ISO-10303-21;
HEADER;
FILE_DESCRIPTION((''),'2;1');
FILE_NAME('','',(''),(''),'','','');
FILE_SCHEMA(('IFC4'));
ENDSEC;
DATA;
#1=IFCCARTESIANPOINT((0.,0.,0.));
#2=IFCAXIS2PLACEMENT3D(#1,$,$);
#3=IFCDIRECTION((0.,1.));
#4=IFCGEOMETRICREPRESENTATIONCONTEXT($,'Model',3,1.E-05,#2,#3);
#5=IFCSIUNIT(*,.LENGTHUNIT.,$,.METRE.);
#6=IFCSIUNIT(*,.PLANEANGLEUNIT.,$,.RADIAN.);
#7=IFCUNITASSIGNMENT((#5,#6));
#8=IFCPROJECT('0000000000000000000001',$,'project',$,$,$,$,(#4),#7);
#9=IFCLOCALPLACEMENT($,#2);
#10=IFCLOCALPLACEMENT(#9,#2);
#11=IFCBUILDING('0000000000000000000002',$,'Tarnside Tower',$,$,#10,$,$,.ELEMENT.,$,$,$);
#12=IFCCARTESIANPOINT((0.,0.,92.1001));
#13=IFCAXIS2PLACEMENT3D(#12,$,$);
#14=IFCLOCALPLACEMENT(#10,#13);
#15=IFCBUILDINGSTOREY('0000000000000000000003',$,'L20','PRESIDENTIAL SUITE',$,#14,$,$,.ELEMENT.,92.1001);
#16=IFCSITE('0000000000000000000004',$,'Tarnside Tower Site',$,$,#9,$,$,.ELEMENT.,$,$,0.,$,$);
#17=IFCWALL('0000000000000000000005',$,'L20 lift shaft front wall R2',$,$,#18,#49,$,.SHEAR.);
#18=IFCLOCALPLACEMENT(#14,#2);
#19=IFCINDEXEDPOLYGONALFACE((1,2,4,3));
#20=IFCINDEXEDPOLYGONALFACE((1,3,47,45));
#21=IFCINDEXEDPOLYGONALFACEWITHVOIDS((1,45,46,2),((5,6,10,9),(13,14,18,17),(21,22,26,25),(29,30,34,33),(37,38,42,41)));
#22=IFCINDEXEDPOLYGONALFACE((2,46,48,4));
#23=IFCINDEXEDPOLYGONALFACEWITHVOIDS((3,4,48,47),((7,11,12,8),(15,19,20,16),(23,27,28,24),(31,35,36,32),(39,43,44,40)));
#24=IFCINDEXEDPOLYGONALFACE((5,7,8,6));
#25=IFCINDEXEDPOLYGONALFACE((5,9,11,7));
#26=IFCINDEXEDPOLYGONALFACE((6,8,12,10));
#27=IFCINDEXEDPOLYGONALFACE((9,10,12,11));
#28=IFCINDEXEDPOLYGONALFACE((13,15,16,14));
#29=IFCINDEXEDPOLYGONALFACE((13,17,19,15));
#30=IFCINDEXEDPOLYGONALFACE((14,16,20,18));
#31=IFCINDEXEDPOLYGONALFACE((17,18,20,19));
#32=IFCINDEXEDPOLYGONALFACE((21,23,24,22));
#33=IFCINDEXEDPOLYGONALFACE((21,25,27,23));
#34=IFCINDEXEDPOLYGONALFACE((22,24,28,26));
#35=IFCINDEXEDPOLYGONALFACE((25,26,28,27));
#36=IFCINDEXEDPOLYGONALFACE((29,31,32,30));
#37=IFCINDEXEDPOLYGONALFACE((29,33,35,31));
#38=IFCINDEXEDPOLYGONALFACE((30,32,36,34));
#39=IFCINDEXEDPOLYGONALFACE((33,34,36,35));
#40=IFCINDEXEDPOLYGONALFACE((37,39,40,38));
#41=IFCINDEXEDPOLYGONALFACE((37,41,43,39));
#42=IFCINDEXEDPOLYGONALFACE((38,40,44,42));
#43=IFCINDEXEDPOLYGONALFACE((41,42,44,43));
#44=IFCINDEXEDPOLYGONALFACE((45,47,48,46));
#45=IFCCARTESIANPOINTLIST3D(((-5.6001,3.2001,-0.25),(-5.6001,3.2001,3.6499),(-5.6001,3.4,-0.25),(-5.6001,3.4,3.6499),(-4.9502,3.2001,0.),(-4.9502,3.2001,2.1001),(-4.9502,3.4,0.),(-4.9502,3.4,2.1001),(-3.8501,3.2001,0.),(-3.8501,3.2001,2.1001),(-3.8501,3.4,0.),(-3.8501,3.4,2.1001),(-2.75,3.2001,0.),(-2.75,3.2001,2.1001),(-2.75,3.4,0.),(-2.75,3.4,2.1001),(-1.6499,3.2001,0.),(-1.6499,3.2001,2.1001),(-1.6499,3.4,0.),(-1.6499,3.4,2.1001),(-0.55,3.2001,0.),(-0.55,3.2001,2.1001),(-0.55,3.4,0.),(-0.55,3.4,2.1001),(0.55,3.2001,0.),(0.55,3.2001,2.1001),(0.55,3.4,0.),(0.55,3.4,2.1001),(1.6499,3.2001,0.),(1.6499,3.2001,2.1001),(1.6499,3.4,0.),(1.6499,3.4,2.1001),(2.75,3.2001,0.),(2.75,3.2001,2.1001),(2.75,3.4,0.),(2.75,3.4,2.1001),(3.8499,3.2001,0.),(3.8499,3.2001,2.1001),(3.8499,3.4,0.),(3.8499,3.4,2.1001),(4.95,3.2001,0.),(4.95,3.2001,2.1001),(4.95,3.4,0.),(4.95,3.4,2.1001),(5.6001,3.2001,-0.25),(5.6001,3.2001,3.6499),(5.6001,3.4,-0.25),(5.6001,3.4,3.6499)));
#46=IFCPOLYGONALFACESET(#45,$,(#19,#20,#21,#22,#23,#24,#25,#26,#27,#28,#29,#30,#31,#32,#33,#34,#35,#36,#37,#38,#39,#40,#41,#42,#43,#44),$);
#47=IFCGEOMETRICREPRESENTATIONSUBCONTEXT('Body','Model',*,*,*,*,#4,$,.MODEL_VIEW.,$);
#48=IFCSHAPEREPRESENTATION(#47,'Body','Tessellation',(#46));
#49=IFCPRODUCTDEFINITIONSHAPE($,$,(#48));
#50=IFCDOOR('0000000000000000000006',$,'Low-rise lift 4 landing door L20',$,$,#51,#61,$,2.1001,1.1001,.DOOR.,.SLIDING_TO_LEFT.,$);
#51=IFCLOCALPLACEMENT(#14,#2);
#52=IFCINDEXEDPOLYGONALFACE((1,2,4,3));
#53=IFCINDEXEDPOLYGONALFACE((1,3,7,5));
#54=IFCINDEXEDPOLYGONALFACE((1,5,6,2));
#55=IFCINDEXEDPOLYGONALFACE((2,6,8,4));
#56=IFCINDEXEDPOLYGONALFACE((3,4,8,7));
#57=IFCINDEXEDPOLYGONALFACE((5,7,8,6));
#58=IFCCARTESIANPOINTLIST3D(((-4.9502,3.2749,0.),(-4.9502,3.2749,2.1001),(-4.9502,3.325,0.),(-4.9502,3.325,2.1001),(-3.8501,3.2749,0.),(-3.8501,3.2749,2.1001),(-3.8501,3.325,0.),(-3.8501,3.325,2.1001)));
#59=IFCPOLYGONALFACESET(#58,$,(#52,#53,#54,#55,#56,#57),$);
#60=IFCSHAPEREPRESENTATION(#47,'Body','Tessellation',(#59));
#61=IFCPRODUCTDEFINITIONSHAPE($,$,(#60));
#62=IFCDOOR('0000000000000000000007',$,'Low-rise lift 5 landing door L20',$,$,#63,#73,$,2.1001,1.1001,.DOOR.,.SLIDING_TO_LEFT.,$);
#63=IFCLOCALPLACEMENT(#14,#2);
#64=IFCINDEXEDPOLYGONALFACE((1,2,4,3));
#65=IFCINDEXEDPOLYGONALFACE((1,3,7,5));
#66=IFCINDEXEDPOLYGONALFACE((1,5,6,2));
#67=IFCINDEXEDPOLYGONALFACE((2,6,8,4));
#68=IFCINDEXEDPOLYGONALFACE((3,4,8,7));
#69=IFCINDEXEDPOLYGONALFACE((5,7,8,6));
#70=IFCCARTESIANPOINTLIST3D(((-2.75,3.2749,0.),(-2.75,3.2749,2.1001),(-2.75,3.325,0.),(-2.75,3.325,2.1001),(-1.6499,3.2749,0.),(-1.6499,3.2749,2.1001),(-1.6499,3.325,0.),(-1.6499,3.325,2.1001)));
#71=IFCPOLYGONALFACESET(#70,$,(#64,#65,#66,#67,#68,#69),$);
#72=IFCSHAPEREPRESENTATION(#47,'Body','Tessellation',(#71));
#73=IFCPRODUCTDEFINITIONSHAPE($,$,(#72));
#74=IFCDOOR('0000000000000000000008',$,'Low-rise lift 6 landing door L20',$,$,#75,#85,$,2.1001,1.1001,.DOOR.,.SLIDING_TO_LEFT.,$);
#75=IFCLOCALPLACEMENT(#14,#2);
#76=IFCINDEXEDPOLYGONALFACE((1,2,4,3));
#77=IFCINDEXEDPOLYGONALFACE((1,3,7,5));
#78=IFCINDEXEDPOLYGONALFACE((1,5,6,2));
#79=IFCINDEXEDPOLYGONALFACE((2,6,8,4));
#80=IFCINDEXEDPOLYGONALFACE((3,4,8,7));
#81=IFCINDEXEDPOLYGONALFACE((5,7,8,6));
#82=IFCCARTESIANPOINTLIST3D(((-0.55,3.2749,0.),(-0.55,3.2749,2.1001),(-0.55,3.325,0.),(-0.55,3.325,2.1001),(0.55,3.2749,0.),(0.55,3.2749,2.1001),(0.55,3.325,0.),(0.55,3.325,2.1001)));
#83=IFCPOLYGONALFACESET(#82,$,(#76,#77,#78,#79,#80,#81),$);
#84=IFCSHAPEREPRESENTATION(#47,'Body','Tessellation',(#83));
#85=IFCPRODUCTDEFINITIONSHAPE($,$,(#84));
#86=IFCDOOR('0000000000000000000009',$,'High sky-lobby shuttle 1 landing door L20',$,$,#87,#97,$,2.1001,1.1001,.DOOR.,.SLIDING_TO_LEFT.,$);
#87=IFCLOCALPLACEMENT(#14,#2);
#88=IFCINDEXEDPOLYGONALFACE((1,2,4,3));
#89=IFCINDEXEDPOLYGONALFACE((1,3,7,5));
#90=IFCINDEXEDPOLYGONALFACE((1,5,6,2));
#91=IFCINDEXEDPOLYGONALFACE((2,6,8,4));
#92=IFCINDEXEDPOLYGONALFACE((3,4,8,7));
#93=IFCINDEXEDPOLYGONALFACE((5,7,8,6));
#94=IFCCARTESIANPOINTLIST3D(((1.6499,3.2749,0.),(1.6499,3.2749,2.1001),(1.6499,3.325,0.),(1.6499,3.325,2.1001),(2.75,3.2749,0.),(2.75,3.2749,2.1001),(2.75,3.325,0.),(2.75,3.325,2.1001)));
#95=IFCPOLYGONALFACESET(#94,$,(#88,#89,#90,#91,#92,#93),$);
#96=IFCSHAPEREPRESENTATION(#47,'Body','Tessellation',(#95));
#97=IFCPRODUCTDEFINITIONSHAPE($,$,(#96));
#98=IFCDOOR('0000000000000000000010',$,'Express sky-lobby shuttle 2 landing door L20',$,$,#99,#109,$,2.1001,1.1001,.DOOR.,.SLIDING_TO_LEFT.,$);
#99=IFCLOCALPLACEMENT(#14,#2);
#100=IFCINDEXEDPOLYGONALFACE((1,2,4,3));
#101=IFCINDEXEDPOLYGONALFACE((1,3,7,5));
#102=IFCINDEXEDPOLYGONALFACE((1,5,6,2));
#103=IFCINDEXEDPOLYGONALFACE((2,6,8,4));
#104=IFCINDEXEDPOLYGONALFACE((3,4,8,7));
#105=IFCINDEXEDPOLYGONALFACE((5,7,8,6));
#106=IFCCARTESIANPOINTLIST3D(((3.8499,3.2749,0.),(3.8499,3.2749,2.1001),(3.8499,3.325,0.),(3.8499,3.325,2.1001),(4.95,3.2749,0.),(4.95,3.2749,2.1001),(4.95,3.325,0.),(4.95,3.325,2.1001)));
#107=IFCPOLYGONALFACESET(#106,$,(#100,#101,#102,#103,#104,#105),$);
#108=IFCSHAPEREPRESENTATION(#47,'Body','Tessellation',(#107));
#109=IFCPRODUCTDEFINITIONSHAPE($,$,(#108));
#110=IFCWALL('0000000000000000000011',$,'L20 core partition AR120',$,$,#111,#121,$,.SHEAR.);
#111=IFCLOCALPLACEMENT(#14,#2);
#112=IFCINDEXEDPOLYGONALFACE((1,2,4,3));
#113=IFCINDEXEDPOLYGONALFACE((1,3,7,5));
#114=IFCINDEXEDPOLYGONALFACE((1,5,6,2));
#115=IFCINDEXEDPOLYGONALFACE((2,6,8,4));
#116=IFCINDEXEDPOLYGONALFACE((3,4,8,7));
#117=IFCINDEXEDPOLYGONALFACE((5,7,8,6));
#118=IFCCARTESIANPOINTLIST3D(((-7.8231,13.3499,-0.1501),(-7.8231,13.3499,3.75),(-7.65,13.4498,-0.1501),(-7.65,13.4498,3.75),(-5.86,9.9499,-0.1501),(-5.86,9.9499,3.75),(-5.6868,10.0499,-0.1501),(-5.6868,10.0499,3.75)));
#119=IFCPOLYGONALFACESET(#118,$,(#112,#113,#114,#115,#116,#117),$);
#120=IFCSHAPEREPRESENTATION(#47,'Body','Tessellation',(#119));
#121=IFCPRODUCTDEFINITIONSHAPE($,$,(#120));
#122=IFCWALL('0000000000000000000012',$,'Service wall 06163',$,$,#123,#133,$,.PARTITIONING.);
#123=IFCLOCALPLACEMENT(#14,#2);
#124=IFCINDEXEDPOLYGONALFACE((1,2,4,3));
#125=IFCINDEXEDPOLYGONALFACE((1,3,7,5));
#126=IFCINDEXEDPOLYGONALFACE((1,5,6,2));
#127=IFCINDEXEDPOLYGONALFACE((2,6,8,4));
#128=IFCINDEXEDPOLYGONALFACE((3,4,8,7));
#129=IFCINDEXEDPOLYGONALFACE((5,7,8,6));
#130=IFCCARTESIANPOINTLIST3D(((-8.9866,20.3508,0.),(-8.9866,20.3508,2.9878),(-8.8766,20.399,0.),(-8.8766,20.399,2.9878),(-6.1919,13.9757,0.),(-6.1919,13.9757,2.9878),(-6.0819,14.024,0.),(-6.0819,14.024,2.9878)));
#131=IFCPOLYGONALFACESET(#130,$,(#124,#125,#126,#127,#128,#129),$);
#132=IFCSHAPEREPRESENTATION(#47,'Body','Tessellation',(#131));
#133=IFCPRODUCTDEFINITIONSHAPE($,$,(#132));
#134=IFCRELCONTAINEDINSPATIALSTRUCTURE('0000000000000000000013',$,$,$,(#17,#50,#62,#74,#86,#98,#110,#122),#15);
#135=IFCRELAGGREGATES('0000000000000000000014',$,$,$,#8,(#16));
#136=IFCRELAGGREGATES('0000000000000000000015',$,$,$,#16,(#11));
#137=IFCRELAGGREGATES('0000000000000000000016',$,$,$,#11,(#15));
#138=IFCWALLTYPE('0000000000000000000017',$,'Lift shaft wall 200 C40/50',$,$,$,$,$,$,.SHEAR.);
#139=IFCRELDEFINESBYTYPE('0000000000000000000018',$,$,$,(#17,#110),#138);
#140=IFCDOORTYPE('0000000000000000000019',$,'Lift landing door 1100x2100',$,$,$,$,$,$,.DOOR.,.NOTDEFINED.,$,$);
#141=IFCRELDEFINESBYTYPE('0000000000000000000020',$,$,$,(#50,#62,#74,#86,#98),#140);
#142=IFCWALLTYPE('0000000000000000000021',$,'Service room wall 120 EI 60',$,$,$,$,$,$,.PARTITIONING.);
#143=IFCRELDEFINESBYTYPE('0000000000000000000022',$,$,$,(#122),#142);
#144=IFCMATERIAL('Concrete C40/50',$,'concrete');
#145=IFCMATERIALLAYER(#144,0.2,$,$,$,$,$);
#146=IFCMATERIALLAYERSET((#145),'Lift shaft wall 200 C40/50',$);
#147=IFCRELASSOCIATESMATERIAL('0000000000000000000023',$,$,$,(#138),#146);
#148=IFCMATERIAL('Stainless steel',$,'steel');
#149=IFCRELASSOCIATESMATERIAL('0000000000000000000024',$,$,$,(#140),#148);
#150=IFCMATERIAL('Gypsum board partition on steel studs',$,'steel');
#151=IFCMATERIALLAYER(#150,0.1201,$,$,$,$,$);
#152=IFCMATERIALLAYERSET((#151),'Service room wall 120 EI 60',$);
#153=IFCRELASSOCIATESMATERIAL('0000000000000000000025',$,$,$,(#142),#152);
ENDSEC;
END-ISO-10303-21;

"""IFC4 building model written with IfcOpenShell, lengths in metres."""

from ifc_helpers import new_model, si_unit, direction, frame, frame_2d, origin, place, context, subcontext, project, spatial, rectangle, extrude, material, layer, layer_set, type_object, element, fill, save


model = new_model("IFC4")

# Units and contexts
model_context = context("Model", 3, precision=1e-05, world=origin(), true_north=direction((0.0, 1.0)))
body_context = subcontext(model_context, "Body", "Model", "MODEL_VIEW")
ifc_project = project(units=[si_unit("LENGTHUNIT", "METRE"), si_unit("PLANEANGLEUNIT", "RADIAN")], contexts=[model_context])

# Site, building, storey
site_placement = place(None, origin())
site = spatial("IfcSite", under=ifc_project, at=site_placement, Name="Tarnside Tower Site", CompositionType="ELEMENT", RefElevation=0.0)
building_placement = place(site_placement, origin())
building = spatial("IfcBuilding", under=site, at=building_placement, Name="Tarnside Tower", CompositionType="ELEMENT")
storey_placement = place(building_placement, frame((0.0, 0.0, 92.1001)))
storey = spatial("IfcBuildingStorey", under=building, at=storey_placement, Name="L20", Description="PRESIDENTIAL SUITE", CompositionType="ELEMENT", Elevation=92.1001)

# Shared definitions
ifc_material_1 = material(Name="Gypsum board partition on steel studs", Category="steel")

# Shared definitions
ifc_material_2 = material(Name="Concrete C40/50", Category="concrete")
ifc_layer_1 = layer(ifc_material_2, 0.2)
ifc_layer_set_1 = layer_set([ifc_layer_1], Name="Lift shaft wall 200 C40/50")
wall_type_1 = type_object("IfcWallType", Name="Lift shaft wall 200 C40/50", PredefinedType="SHEAR", material=ifc_layer_set_1)
ifc_material_3 = material(Name="Stainless steel", Category="steel")
door_type_1 = type_object("IfcDoorType", Name="Lift landing door 1100x2100", OperationType="NOTDEFINED", PredefinedType="DOOR", material=ifc_material_3)

# Wall, openings, doors
wall_1_placement = place(storey_placement, frame((-5.6001, 3.3, -0.25), z_axis=(0.0, 0.0, 1.0), x_axis=(1.0, 0.0, 0.0)))
wall_1 = element("IfcWall", 1, at=wall_1_placement, inside=storey, type_object=wall_type_1, Name="L20 lift shaft front wall R2", PredefinedType="SHEAR", context=body_context, shape_type="SweptSolid", body=[
    extrude(rectangle(XDim=11.2002, YDim=0.2, at=frame_2d((5.6001, 0.0))), origin(), (0.0, 0.0, 1.0), 3.8999),
])
opening_1_placement = place(wall_1_placement, frame((0.6499, 0.0, 0.25)))
opening_1 = element("IfcOpeningElement", 2, at=opening_1_placement, cuts=wall_1, PredefinedType="OPENING", context=body_context, shape_type="SweptSolid", body=[
    extrude(rectangle(XDim=1.1001, YDim=2.1001, at=frame_2d((0.55, 1.05))), frame((0.0, 0.1099, 0.0), z_axis=(0.0, -1.0, 0.0), x_axis=(1.0, 0.0, 0.0)), (0.0, 0.0, 1.0), 0.22),
])
opening_2_placement = place(wall_1_placement, frame((2.8501, 0.0, 0.25)))
opening_2 = element("IfcOpeningElement", 3, at=opening_2_placement, cuts=wall_1, PredefinedType="OPENING", context=body_context, shape_type="SweptSolid", body=[
    extrude(rectangle(XDim=1.1001, YDim=2.1001, at=frame_2d((0.55, 1.05))), frame((0.0, 0.1099, 0.0), z_axis=(0.0, -1.0, 0.0), x_axis=(1.0, 0.0, 0.0)), (0.0, 0.0, 1.0), 0.22),
])
opening_3_placement = place(wall_1_placement, frame((5.05, 0.0, 0.25)))
opening_3 = element("IfcOpeningElement", 4, at=opening_3_placement, cuts=wall_1, PredefinedType="OPENING", context=body_context, shape_type="SweptSolid", body=[
    extrude(rectangle(XDim=1.1001, YDim=2.1001, at=frame_2d((0.55, 1.05))), frame((0.0, 0.1099, 0.0), z_axis=(0.0, -1.0, 0.0), x_axis=(1.0, 0.0, 0.0)), (0.0, 0.0, 1.0), 0.22),
])
opening_4_placement = place(wall_1_placement, frame((7.25, 0.0, 0.25)))
opening_4 = element("IfcOpeningElement", 5, at=opening_4_placement, cuts=wall_1, PredefinedType="OPENING", context=body_context, shape_type="SweptSolid", body=[
    extrude(rectangle(XDim=1.1001, YDim=2.1001, at=frame_2d((0.55, 1.05))), frame((0.0, 0.1099, 0.0), z_axis=(0.0, -1.0, 0.0), x_axis=(1.0, 0.0, 0.0)), (0.0, 0.0, 1.0), 0.22),
])
opening_5_placement = place(wall_1_placement, frame((9.45, 0.0, 0.25)))
opening_5 = element("IfcOpeningElement", 6, at=opening_5_placement, cuts=wall_1, PredefinedType="OPENING", context=body_context, shape_type="SweptSolid", body=[
    extrude(rectangle(XDim=1.1001, YDim=2.1001, at=frame_2d((0.55, 1.05))), frame((0.0, 0.1099, 0.0), z_axis=(0.0, -1.0, 0.0), x_axis=(1.0, 0.0, 0.0)), (0.0, 0.0, 1.0), 0.22),
])
door_1_placement = place(opening_1_placement, origin())
door_1 = element("IfcDoor", 7, at=door_1_placement, inside=storey, type_object=door_type_1, Name="Low-rise lift 4 landing door L20", OperationType="SLIDING_TO_LEFT", OverallHeight=2.1001, OverallWidth=1.1001, PredefinedType="DOOR", context=body_context, shape_type="SweptSolid", body=[
    extrude(rectangle(XDim=1.1001, YDim=2.1001, at=frame_2d((0.55, 1.05))), frame((0.0, 0.0249, 0.0), z_axis=(0.0, -1.0, 0.0), x_axis=(1.0, 0.0, 0.0)), (0.0, 0.0, 1.0), 0.05),
])
fill(opening_1, door_1)
door_2_placement = place(opening_2_placement, origin())
door_2 = element("IfcDoor", 8, at=door_2_placement, inside=storey, type_object=door_type_1, Name="Low-rise lift 5 landing door L20", OperationType="SLIDING_TO_LEFT", OverallHeight=2.1001, OverallWidth=1.1001, PredefinedType="DOOR", context=body_context, shape_type="SweptSolid", body=[
    extrude(rectangle(XDim=1.1001, YDim=2.1001, at=frame_2d((0.55, 1.05))), frame((0.0, 0.0249, 0.0), z_axis=(0.0, -1.0, 0.0), x_axis=(1.0, 0.0, 0.0)), (0.0, 0.0, 1.0), 0.05),
])
fill(opening_2, door_2)
door_3_placement = place(opening_3_placement, origin())
door_3 = element("IfcDoor", 9, at=door_3_placement, inside=storey, type_object=door_type_1, Name="Low-rise lift 6 landing door L20", OperationType="SLIDING_TO_LEFT", OverallHeight=2.1001, OverallWidth=1.1001, PredefinedType="DOOR", context=body_context, shape_type="SweptSolid", body=[
    extrude(rectangle(XDim=1.1001, YDim=2.1001, at=frame_2d((0.55, 1.05))), frame((0.0, 0.0249, 0.0), z_axis=(0.0, -1.0, 0.0), x_axis=(1.0, 0.0, 0.0)), (0.0, 0.0, 1.0), 0.05),
])
fill(opening_3, door_3)
door_4_placement = place(opening_4_placement, origin())
door_4 = element("IfcDoor", 10, at=door_4_placement, inside=storey, type_object=door_type_1, Name="High sky-lobby shuttle 1 landing door L20", OperationType="SLIDING_TO_LEFT", OverallHeight=2.1001, OverallWidth=1.1001, PredefinedType="DOOR", context=body_context, shape_type="SweptSolid", body=[
    extrude(rectangle(XDim=1.1001, YDim=2.1001, at=frame_2d((0.55, 1.05))), frame((0.0, 0.0249, 0.0), z_axis=(0.0, -1.0, 0.0), x_axis=(1.0, 0.0, 0.0)), (0.0, 0.0, 1.0), 0.05),
])
fill(opening_4, door_4)
door_5_placement = place(opening_5_placement, origin())
door_5 = element("IfcDoor", 11, at=door_5_placement, inside=storey, type_object=door_type_1, Name="Express sky-lobby shuttle 2 landing door L20", OperationType="SLIDING_TO_LEFT", OverallHeight=2.1001, OverallWidth=1.1001, PredefinedType="DOOR", context=body_context, shape_type="SweptSolid", body=[
    extrude(rectangle(XDim=1.1001, YDim=2.1001, at=frame_2d((0.55, 1.05))), frame((0.0, 0.0249, 0.0), z_axis=(0.0, -1.0, 0.0), x_axis=(1.0, 0.0, 0.0)), (0.0, 0.0, 1.0), 0.05),
])
fill(opening_5, door_5)

# Walls
wall_2_placement = place(storey_placement, frame((-5.7734, 10.0, -0.1501), z_axis=(0.0, 0.0, 1.0), x_axis=(-0.500038, 0.866003, 0.0)))
element("IfcWall", 12, at=wall_2_placement, inside=storey, type_object=wall_type_1, Name="L20 core partition AR120", PredefinedType="SHEAR", context=body_context, shape_type="SweptSolid", body=[
    extrude(rectangle(XDim=3.926, YDim=0.2, at=frame_2d((1.9629, 0.0))), origin(), (0.0, 0.0, 1.0), 3.9001),
])
ifc_layer_2 = layer(ifc_material_1, 0.1201)
ifc_layer_set_2 = layer_set([ifc_layer_2], Name="Service room wall 120 EI 60")
wall_type_2 = type_object("IfcWallType", Name="Service room wall 120 EI 60", PredefinedType="PARTITIONING", material=ifc_layer_set_2)
wall_3_placement = place(storey_placement, frame((-8.9316, 20.375, 0.0), z_axis=(0.0, 0.0, 1.0), x_axis=(0.401496, -0.915861, 0.0)))
element("IfcWall", 13, at=wall_3_placement, inside=storey, type_object=wall_type_2, Name="Service wall 06163", PredefinedType="PARTITIONING", context=body_context, shape_type="SweptSolid", body=[
    extrude(rectangle(XDim=6.9607, YDim=0.1201, at=frame_2d((3.4805, 0.0))), origin(), (0.0, 0.0, 1.0), 2.9878),
])

save(model, "model.ifc")
